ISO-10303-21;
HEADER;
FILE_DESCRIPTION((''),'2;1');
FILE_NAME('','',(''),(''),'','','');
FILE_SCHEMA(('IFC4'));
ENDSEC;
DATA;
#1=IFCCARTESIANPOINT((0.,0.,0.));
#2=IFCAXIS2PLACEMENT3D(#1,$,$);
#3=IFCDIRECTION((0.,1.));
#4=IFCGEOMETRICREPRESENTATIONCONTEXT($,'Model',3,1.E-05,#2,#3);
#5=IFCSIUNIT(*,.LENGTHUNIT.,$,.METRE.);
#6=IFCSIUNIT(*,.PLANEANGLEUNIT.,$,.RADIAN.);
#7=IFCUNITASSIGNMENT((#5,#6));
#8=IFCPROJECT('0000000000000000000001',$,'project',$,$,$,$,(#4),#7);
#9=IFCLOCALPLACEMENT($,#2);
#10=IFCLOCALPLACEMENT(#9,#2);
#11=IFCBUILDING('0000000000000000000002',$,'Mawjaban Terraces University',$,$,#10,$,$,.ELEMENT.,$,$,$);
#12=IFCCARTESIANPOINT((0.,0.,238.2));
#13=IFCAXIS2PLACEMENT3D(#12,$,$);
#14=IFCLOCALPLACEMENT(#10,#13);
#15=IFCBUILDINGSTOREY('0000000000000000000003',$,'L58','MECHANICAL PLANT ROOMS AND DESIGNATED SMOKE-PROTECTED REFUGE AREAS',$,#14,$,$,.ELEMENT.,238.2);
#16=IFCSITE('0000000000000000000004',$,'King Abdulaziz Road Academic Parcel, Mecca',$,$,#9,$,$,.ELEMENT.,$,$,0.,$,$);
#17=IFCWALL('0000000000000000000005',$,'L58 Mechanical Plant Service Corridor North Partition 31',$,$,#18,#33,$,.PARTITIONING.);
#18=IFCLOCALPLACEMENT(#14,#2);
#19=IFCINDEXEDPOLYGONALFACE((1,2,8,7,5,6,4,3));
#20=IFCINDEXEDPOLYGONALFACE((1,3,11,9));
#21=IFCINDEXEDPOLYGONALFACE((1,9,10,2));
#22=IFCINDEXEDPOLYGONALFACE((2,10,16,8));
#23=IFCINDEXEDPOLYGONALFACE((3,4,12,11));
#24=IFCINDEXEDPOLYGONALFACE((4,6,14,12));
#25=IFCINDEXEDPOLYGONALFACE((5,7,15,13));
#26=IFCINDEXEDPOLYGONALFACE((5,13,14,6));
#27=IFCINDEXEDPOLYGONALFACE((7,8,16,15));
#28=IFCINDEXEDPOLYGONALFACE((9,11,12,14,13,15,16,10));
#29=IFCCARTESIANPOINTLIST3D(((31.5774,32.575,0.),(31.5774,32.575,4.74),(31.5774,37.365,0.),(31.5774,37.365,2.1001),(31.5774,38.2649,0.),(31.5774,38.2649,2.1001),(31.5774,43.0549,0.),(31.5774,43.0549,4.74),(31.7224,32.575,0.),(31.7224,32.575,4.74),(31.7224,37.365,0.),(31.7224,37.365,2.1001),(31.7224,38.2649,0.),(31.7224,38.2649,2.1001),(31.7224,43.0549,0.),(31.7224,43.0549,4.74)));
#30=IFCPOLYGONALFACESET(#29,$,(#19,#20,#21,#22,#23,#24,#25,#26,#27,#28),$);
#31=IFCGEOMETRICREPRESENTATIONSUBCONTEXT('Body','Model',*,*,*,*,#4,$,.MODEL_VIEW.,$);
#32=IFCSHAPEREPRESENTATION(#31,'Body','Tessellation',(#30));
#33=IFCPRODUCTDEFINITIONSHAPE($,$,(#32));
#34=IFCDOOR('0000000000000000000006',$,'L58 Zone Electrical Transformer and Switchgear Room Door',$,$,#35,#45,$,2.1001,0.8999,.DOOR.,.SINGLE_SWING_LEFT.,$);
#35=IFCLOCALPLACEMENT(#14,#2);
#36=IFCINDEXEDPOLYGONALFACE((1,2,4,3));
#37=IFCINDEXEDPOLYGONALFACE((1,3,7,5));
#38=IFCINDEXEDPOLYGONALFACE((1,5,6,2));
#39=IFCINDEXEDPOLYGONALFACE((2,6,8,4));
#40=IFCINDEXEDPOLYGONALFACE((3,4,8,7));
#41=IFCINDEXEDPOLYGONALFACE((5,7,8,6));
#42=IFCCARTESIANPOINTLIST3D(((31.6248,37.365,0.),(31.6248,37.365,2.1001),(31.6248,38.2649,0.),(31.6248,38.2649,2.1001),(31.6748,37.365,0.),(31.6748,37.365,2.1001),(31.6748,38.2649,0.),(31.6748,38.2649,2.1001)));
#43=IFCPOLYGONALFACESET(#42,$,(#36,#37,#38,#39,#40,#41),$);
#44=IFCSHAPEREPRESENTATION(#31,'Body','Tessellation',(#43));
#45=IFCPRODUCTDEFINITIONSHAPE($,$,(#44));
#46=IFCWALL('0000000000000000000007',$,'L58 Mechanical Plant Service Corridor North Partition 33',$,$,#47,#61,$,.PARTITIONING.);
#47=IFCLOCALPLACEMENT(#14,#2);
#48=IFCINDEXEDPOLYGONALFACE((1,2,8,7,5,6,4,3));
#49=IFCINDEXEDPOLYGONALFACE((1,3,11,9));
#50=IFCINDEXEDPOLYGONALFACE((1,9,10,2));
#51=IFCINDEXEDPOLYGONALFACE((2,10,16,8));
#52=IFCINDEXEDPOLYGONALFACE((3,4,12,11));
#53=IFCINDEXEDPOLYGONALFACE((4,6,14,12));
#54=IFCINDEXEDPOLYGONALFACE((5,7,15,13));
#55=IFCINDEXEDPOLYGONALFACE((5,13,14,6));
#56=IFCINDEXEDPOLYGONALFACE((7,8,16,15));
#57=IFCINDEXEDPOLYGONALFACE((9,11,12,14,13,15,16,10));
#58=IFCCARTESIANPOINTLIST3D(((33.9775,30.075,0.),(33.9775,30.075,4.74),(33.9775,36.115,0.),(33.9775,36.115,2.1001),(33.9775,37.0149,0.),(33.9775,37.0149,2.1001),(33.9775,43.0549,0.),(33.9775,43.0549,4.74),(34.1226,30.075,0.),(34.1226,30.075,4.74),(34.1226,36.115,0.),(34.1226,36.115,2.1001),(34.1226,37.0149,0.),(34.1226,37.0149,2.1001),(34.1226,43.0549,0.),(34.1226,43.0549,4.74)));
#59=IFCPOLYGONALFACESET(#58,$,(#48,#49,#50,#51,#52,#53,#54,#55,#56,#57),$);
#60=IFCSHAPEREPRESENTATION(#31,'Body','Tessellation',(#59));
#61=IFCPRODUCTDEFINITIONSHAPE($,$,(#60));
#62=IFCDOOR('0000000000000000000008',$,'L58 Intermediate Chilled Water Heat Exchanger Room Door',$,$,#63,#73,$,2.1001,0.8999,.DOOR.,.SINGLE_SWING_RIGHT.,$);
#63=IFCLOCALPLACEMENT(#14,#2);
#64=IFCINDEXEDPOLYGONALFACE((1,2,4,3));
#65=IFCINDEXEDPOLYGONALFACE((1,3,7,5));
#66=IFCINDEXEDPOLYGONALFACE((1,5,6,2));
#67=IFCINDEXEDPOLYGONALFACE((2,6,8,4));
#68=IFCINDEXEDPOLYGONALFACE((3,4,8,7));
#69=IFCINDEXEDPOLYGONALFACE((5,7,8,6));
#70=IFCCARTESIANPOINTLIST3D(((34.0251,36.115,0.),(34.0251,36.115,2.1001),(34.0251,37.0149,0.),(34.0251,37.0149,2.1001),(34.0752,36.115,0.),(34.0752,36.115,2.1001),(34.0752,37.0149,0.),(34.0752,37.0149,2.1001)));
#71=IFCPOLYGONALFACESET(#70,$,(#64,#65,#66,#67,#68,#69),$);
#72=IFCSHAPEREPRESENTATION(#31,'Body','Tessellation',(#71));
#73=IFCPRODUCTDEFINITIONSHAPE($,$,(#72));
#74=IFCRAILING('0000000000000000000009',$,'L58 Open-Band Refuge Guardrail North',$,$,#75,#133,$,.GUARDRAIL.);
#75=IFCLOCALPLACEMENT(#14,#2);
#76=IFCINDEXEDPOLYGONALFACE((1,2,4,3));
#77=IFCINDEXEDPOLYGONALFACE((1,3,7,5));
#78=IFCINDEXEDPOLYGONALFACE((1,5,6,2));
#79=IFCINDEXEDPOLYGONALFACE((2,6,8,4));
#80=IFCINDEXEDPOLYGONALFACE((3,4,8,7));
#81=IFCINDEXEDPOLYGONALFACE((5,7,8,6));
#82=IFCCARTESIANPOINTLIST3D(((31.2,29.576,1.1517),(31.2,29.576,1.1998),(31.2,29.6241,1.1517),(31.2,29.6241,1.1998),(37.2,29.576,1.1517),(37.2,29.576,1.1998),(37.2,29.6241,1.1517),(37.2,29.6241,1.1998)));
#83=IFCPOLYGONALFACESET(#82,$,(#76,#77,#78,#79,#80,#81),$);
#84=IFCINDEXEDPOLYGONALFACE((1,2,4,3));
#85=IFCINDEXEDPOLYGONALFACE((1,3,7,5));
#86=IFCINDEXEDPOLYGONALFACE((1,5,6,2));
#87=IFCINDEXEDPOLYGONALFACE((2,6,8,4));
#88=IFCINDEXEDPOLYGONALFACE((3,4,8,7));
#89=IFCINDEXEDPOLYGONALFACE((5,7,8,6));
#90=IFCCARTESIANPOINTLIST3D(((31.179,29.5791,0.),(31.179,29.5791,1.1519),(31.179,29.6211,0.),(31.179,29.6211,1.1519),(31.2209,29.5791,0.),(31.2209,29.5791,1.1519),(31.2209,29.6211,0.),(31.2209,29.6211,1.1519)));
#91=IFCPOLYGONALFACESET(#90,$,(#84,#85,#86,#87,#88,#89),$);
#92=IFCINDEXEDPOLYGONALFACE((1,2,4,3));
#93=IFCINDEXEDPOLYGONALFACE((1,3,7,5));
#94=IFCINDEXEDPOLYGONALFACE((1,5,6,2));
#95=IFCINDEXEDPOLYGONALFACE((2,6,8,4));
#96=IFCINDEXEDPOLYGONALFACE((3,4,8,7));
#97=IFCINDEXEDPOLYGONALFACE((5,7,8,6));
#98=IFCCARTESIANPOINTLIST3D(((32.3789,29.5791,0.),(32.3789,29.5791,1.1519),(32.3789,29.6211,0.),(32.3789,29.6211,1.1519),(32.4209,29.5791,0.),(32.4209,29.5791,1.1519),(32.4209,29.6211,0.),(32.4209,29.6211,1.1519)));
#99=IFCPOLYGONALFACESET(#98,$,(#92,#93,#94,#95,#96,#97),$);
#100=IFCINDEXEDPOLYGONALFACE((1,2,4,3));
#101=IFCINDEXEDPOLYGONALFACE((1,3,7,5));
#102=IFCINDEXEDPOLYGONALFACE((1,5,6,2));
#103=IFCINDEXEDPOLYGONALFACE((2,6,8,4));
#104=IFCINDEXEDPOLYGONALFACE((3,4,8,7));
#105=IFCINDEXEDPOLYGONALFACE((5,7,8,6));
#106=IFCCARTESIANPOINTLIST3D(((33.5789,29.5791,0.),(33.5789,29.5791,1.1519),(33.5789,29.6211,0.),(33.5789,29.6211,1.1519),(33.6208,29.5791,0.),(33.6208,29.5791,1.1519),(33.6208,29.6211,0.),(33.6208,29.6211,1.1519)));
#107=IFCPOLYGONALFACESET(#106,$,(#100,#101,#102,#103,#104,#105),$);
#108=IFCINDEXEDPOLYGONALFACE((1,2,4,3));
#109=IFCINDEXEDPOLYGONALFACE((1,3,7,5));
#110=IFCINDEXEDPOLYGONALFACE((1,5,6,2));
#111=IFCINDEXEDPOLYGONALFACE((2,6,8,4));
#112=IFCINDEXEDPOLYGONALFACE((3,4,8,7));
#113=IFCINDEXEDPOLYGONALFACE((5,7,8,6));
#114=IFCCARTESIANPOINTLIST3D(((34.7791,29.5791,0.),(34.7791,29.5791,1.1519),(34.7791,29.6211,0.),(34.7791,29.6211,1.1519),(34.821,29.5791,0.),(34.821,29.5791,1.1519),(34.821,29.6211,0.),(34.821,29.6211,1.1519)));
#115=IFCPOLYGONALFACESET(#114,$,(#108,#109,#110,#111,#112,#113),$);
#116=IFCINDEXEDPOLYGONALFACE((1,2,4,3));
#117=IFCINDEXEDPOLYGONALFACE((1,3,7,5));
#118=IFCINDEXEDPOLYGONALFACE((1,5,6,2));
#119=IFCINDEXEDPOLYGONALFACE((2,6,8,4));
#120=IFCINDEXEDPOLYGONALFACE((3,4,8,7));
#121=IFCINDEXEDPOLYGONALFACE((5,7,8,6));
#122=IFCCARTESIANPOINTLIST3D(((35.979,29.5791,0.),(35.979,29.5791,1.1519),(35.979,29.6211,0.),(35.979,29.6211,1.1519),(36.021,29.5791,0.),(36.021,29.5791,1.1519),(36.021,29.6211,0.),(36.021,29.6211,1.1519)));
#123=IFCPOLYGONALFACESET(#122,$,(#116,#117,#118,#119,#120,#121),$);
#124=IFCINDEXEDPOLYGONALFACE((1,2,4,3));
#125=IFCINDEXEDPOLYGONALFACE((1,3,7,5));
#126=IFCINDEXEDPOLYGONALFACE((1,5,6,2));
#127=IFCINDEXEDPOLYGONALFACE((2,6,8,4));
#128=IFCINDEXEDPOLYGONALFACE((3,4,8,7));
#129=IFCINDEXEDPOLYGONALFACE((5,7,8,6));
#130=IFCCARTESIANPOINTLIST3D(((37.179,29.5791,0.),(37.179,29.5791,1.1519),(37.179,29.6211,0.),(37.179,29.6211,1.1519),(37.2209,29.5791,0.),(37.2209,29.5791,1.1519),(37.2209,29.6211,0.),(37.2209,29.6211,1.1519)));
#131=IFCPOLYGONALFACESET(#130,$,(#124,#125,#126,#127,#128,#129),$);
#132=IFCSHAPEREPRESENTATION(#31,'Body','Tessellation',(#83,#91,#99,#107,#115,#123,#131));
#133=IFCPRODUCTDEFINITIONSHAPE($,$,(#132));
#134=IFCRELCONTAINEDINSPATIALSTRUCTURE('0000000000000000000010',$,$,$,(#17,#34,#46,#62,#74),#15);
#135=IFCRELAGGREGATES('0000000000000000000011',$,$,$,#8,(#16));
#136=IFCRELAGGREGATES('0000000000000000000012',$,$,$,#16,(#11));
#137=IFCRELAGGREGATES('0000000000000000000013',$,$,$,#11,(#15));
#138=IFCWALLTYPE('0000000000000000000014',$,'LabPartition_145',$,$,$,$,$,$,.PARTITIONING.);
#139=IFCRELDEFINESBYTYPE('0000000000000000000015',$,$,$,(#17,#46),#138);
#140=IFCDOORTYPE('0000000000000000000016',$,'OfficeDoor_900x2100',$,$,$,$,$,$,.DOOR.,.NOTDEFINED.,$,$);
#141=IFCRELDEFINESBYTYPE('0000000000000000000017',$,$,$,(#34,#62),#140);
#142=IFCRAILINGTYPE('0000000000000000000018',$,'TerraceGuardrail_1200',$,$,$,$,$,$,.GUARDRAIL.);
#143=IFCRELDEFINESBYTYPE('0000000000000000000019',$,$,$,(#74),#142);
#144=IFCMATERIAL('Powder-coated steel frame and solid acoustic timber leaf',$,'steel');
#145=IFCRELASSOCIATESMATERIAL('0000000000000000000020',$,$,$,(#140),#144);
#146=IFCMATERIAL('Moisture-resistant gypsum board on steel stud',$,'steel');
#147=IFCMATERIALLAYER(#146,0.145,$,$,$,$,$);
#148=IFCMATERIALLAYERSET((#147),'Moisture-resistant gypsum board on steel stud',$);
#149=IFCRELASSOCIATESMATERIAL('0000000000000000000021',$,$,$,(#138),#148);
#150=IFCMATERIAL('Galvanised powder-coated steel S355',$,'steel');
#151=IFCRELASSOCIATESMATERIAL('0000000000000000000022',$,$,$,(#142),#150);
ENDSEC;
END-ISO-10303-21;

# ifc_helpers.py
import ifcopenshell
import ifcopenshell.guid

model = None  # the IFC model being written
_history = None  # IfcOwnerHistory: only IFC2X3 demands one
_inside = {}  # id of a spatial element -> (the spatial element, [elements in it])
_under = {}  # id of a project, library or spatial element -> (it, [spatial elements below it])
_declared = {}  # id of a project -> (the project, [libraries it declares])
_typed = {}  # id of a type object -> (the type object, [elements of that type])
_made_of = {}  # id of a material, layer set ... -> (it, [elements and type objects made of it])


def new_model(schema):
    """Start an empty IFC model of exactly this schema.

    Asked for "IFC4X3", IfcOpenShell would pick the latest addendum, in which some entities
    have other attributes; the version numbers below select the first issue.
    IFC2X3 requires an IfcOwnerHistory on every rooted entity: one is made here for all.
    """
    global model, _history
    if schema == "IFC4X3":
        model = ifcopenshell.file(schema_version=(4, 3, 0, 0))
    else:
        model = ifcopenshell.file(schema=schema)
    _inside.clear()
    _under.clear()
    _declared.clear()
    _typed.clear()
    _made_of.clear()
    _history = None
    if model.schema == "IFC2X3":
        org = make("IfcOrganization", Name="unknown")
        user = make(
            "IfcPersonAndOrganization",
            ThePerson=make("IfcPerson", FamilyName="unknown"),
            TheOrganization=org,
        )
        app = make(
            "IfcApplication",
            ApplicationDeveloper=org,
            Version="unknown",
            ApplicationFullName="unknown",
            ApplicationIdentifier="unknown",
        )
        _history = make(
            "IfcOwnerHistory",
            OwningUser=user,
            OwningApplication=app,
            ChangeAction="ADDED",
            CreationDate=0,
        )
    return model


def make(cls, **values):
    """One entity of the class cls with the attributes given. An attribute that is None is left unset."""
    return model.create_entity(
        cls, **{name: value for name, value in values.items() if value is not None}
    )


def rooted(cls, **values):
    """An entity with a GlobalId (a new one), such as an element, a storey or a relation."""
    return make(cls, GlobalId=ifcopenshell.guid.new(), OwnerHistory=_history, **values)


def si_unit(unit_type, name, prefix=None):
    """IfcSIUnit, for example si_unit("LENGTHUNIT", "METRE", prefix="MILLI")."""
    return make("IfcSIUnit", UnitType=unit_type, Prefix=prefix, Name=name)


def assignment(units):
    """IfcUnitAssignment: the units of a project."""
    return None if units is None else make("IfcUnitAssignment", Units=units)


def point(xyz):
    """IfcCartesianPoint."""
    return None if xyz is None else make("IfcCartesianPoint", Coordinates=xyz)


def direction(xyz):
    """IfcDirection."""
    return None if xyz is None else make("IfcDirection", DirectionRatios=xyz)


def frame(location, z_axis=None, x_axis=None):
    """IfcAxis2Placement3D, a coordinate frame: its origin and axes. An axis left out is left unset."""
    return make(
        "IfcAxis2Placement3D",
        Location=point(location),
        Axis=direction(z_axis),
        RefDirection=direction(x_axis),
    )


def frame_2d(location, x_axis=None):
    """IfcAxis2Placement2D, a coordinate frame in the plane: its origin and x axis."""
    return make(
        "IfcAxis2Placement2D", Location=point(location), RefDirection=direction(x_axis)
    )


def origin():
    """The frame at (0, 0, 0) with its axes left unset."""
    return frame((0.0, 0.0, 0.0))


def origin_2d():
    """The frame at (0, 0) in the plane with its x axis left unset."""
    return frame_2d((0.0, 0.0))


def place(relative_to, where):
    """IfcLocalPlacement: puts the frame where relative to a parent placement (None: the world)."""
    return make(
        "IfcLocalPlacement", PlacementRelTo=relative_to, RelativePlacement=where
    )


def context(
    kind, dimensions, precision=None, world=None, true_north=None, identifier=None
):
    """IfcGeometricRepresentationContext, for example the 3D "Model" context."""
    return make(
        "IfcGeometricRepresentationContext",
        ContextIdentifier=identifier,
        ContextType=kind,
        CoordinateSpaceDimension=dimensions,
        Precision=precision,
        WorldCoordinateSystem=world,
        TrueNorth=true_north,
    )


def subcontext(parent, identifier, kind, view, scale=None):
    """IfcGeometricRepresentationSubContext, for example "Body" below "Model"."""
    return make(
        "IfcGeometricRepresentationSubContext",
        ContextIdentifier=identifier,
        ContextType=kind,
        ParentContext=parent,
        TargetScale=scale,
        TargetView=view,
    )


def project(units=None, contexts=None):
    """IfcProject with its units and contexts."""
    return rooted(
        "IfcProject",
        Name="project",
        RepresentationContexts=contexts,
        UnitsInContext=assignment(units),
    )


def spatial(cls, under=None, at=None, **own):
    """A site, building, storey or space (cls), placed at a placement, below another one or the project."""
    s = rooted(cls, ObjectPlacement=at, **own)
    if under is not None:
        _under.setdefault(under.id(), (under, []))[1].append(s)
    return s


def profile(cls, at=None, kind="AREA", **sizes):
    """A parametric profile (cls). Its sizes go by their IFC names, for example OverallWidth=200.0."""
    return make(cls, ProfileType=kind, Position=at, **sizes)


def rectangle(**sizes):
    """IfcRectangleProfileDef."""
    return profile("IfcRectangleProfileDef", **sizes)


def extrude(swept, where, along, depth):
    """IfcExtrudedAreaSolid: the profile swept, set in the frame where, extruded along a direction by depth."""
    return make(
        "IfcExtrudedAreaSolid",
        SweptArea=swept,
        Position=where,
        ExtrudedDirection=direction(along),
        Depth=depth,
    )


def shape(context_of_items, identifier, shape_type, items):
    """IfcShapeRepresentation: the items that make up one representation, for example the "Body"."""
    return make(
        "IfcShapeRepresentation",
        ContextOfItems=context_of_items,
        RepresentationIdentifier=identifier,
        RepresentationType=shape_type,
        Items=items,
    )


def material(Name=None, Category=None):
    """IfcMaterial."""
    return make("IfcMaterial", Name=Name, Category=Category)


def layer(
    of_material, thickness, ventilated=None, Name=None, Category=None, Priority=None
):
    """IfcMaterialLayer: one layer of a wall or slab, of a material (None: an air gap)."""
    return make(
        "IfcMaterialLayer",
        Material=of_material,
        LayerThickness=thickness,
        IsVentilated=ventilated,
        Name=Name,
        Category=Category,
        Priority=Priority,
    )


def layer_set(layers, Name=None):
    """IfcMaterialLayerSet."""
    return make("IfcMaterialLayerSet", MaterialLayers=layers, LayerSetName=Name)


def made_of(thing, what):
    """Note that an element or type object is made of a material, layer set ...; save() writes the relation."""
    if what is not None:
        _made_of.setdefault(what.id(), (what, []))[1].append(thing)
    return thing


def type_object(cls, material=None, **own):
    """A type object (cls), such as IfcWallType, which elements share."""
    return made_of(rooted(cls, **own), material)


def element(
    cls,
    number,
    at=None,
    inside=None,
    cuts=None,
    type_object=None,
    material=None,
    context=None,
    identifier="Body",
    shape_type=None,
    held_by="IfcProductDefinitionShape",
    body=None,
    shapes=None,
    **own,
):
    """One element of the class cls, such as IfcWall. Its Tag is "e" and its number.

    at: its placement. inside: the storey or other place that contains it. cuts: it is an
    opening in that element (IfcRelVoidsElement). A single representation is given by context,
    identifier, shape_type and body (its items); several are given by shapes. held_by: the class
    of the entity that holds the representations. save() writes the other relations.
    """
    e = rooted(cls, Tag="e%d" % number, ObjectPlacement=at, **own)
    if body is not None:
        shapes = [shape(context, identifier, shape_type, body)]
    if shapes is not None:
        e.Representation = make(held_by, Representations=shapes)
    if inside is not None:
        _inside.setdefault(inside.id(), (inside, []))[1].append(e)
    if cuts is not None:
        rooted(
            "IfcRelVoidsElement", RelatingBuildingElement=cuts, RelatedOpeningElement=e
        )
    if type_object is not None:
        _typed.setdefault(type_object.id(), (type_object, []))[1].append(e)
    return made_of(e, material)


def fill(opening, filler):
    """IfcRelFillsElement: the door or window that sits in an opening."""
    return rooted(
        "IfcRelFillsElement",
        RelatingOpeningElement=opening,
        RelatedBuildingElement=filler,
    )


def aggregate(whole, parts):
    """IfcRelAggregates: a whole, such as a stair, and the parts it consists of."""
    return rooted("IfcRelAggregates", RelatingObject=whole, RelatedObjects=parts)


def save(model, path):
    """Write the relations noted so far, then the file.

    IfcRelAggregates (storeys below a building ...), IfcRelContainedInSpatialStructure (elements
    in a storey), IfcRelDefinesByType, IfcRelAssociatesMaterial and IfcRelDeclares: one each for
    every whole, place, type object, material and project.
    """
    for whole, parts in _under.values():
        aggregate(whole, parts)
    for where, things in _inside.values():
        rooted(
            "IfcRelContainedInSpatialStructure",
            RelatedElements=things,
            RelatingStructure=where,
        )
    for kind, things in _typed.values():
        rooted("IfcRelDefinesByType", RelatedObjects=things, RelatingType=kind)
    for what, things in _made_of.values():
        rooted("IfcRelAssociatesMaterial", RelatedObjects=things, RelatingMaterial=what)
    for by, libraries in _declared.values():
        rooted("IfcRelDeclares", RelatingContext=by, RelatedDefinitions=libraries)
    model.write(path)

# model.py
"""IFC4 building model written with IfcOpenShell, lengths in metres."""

from ifc_helpers import new_model, si_unit, direction, frame, frame_2d, origin, origin_2d, place, context, subcontext, project, spatial, rectangle, extrude, material, layer, layer_set, type_object, element, fill, save


model = new_model("IFC4")

# Units and contexts
model_context = context("Model", 3, precision=1e-05, world=origin(), true_north=direction((0.0, 1.0)))
body_context = subcontext(model_context, "Body", "Model", "MODEL_VIEW")
ifc_project = project(units=[si_unit("LENGTHUNIT", "METRE"), si_unit("PLANEANGLEUNIT", "RADIAN")], contexts=[model_context])

# Site, building, storey
site_placement = place(None, origin())
site = spatial("IfcSite", under=ifc_project, at=site_placement, Name="King Abdulaziz Road Academic Parcel, Mecca", CompositionType="ELEMENT", RefElevation=0.0)
building_placement = place(site_placement, origin())
building = spatial("IfcBuilding", under=site, at=building_placement, Name="Mawjaban Terraces University", CompositionType="ELEMENT")
storey_placement = place(building_placement, frame((0.0, 0.0, 238.2)))
storey = spatial("IfcBuildingStorey", under=building, at=storey_placement, Name="L58", Description="MECHANICAL PLANT ROOMS AND DESIGNATED SMOKE-PROTECTED REFUGE AREAS", CompositionType="ELEMENT", Elevation=238.2)

# Shared definitions
ifc_material_1 = material(Name="Powder-coated steel frame and solid acoustic timber leaf", Category="steel")
door_type_1 = type_object("IfcDoorType", Name="OfficeDoor_900x2100", OperationType="NOTDEFINED", PredefinedType="DOOR", material=ifc_material_1)

# Shared definitions
ifc_material_2 = material(Name="Moisture-resistant gypsum board on steel stud", Category="steel")
ifc_layer_1 = layer(ifc_material_2, 0.145)
ifc_layer_set_1 = layer_set([ifc_layer_1], Name="Moisture-resistant gypsum board on steel stud")
wall_type_1 = type_object("IfcWallType", Name="LabPartition_145", PredefinedType="PARTITIONING", material=ifc_layer_set_1)

# Walls, openings, doors
wall_1_placement = place(storey_placement, frame((31.6499, 43.0549, 0.0), z_axis=(0.0, 0.0, 1.0), x_axis=(0.0, -1.0, 0.0)))
wall_1 = element("IfcWall", 1, at=wall_1_placement, inside=storey, type_object=wall_type_1, Name="L58 Mechanical Plant Service Corridor North Partition 31", PredefinedType="PARTITIONING", context=body_context, shape_type="SweptSolid", body=[
    extrude(rectangle(XDim=10.48, YDim=0.145, at=frame_2d((5.24, 0.0))), origin(), (0.0, 0.0, 1.0), 4.74),
])
opening_1_placement = place(wall_1_placement, frame((4.79, 0.0, 0.0)))
opening_1 = element("IfcOpeningElement", 2, at=opening_1_placement, cuts=wall_1, PredefinedType="OPENING", context=body_context, shape_type="SweptSolid", body=[
    extrude(rectangle(XDim=0.8999, YDim=2.1001, at=frame_2d((0.45, 1.05))), frame((0.0, 0.0825, 0.0), z_axis=(0.0, -1.0, 0.0), x_axis=(1.0, 0.0, 0.0)), (0.0, 0.0, 1.0), 0.165),
])
door_1_placement = place(opening_1_placement, origin())
door_1 = element("IfcDoor", 3, at=door_1_placement, inside=storey, type_object=door_type_1, Name="L58 Zone Electrical Transformer and Switchgear Room Door", OperationType="SINGLE_SWING_LEFT", OverallHeight=2.1001, OverallWidth=0.8999, PredefinedType="DOOR", context=body_context, shape_type="SweptSolid", body=[
    extrude(rectangle(XDim=0.8999, YDim=2.1001, at=frame_2d((0.45, 1.05))), frame((0.0, 0.0249, 0.0), z_axis=(0.0, -1.0, 0.0), x_axis=(1.0, 0.0, 0.0)), (0.0, 0.0, 1.0), 0.05),
])
fill(opening_1, door_1)
wall_2_placement = place(storey_placement, frame((34.05, 30.075, 0.0), z_axis=(0.0, 0.0, 1.0), x_axis=(0.0, 1.0, 0.0)))
wall_2 = element("IfcWall", 4, at=wall_2_placement, inside=storey, type_object=wall_type_1, Name="L58 Mechanical Plant Service Corridor North Partition 33", PredefinedType="PARTITIONING", context=body_context, shape_type="SweptSolid", body=[
    extrude(rectangle(XDim=12.98, YDim=0.145, at=frame_2d((6.49, 0.0))), origin(), (0.0, 0.0, 1.0), 4.74),
])
opening_2_placement = place(wall_2_placement, frame((6.04, 0.0, 0.0)))
opening_2 = element("IfcOpeningElement", 5, at=opening_2_placement, cuts=wall_2, PredefinedType="OPENING", context=body_context, shape_type="SweptSolid", body=[
    extrude(rectangle(XDim=0.8999, YDim=2.1001, at=frame_2d((0.45, 1.05))), frame((0.0, 0.0825, 0.0), z_axis=(0.0, -1.0, 0.0), x_axis=(1.0, 0.0, 0.0)), (0.0, 0.0, 1.0), 0.165),
])
door_2_placement = place(opening_2_placement, origin())
door_2 = element("IfcDoor", 6, at=door_2_placement, inside=storey, type_object=door_type_1, Name="L58 Intermediate Chilled Water Heat Exchanger Room Door", OperationType="SINGLE_SWING_RIGHT", OverallHeight=2.1001, OverallWidth=0.8999, PredefinedType="DOOR", context=body_context, shape_type="SweptSolid", body=[
    extrude(rectangle(XDim=0.8999, YDim=2.1001, at=frame_2d((0.45, 1.05))), frame((0.0, 0.0249, 0.0), z_axis=(0.0, -1.0, 0.0), x_axis=(1.0, 0.0, 0.0)), (0.0, 0.0, 1.0), 0.05),
])
fill(opening_2, door_2)

# Railing
ifc_material_3 = material(Name="Galvanised powder-coated steel S355", Category="steel")
railing_type = type_object("IfcRailingType", Name="TerraceGuardrail_1200", PredefinedType="GUARDRAIL", material=ifc_material_3)
railing_placement = place(storey_placement, frame((31.2, 29.6001, 0.0)))
element("IfcRailing", 7, at=railing_placement, inside=storey, type_object=railing_type, Name="L58 Open-Band Refuge Guardrail North", PredefinedType="GUARDRAIL", context=body_context, shape_type="SweptSolid", body=[
    extrude(rectangle(XDim=0.0481, YDim=0.0481, at=origin_2d()), frame((0.0, 0.0, 1.1758), z_axis=(1.0, 0.0, 0.0), x_axis=(0.0, 1.0, 0.0)), (0.0, 0.0, 1.0), 6.0),
    extrude(rectangle(XDim=0.042, YDim=0.042, at=origin_2d()), origin(), (0.0, 0.0, 1.0), 1.1519),
    extrude(rectangle(XDim=0.042, YDim=0.042, at=origin_2d()), frame((1.2, 0.0, 0.0)), (0.0, 0.0, 1.0), 1.1519),
    extrude(rectangle(XDim=0.042, YDim=0.042, at=origin_2d()), frame((2.3999, 0.0, 0.0)), (0.0, 0.0, 1.0), 1.1519),
    extrude(rectangle(XDim=0.042, YDim=0.042, at=origin_2d()), frame((3.6001, 0.0, 0.0)), (0.0, 0.0, 1.0), 1.1519),
    extrude(rectangle(XDim=0.042, YDim=0.042, at=origin_2d()), frame((4.8, 0.0, 0.0)), (0.0, 0.0, 1.0), 1.1519),
    extrude(rectangle(XDim=0.042, YDim=0.042, at=origin_2d()), frame((6.0, 0.0, 0.0)), (0.0, 0.0, 1.0), 1.1519),
])

save(model, "model.ifc")
